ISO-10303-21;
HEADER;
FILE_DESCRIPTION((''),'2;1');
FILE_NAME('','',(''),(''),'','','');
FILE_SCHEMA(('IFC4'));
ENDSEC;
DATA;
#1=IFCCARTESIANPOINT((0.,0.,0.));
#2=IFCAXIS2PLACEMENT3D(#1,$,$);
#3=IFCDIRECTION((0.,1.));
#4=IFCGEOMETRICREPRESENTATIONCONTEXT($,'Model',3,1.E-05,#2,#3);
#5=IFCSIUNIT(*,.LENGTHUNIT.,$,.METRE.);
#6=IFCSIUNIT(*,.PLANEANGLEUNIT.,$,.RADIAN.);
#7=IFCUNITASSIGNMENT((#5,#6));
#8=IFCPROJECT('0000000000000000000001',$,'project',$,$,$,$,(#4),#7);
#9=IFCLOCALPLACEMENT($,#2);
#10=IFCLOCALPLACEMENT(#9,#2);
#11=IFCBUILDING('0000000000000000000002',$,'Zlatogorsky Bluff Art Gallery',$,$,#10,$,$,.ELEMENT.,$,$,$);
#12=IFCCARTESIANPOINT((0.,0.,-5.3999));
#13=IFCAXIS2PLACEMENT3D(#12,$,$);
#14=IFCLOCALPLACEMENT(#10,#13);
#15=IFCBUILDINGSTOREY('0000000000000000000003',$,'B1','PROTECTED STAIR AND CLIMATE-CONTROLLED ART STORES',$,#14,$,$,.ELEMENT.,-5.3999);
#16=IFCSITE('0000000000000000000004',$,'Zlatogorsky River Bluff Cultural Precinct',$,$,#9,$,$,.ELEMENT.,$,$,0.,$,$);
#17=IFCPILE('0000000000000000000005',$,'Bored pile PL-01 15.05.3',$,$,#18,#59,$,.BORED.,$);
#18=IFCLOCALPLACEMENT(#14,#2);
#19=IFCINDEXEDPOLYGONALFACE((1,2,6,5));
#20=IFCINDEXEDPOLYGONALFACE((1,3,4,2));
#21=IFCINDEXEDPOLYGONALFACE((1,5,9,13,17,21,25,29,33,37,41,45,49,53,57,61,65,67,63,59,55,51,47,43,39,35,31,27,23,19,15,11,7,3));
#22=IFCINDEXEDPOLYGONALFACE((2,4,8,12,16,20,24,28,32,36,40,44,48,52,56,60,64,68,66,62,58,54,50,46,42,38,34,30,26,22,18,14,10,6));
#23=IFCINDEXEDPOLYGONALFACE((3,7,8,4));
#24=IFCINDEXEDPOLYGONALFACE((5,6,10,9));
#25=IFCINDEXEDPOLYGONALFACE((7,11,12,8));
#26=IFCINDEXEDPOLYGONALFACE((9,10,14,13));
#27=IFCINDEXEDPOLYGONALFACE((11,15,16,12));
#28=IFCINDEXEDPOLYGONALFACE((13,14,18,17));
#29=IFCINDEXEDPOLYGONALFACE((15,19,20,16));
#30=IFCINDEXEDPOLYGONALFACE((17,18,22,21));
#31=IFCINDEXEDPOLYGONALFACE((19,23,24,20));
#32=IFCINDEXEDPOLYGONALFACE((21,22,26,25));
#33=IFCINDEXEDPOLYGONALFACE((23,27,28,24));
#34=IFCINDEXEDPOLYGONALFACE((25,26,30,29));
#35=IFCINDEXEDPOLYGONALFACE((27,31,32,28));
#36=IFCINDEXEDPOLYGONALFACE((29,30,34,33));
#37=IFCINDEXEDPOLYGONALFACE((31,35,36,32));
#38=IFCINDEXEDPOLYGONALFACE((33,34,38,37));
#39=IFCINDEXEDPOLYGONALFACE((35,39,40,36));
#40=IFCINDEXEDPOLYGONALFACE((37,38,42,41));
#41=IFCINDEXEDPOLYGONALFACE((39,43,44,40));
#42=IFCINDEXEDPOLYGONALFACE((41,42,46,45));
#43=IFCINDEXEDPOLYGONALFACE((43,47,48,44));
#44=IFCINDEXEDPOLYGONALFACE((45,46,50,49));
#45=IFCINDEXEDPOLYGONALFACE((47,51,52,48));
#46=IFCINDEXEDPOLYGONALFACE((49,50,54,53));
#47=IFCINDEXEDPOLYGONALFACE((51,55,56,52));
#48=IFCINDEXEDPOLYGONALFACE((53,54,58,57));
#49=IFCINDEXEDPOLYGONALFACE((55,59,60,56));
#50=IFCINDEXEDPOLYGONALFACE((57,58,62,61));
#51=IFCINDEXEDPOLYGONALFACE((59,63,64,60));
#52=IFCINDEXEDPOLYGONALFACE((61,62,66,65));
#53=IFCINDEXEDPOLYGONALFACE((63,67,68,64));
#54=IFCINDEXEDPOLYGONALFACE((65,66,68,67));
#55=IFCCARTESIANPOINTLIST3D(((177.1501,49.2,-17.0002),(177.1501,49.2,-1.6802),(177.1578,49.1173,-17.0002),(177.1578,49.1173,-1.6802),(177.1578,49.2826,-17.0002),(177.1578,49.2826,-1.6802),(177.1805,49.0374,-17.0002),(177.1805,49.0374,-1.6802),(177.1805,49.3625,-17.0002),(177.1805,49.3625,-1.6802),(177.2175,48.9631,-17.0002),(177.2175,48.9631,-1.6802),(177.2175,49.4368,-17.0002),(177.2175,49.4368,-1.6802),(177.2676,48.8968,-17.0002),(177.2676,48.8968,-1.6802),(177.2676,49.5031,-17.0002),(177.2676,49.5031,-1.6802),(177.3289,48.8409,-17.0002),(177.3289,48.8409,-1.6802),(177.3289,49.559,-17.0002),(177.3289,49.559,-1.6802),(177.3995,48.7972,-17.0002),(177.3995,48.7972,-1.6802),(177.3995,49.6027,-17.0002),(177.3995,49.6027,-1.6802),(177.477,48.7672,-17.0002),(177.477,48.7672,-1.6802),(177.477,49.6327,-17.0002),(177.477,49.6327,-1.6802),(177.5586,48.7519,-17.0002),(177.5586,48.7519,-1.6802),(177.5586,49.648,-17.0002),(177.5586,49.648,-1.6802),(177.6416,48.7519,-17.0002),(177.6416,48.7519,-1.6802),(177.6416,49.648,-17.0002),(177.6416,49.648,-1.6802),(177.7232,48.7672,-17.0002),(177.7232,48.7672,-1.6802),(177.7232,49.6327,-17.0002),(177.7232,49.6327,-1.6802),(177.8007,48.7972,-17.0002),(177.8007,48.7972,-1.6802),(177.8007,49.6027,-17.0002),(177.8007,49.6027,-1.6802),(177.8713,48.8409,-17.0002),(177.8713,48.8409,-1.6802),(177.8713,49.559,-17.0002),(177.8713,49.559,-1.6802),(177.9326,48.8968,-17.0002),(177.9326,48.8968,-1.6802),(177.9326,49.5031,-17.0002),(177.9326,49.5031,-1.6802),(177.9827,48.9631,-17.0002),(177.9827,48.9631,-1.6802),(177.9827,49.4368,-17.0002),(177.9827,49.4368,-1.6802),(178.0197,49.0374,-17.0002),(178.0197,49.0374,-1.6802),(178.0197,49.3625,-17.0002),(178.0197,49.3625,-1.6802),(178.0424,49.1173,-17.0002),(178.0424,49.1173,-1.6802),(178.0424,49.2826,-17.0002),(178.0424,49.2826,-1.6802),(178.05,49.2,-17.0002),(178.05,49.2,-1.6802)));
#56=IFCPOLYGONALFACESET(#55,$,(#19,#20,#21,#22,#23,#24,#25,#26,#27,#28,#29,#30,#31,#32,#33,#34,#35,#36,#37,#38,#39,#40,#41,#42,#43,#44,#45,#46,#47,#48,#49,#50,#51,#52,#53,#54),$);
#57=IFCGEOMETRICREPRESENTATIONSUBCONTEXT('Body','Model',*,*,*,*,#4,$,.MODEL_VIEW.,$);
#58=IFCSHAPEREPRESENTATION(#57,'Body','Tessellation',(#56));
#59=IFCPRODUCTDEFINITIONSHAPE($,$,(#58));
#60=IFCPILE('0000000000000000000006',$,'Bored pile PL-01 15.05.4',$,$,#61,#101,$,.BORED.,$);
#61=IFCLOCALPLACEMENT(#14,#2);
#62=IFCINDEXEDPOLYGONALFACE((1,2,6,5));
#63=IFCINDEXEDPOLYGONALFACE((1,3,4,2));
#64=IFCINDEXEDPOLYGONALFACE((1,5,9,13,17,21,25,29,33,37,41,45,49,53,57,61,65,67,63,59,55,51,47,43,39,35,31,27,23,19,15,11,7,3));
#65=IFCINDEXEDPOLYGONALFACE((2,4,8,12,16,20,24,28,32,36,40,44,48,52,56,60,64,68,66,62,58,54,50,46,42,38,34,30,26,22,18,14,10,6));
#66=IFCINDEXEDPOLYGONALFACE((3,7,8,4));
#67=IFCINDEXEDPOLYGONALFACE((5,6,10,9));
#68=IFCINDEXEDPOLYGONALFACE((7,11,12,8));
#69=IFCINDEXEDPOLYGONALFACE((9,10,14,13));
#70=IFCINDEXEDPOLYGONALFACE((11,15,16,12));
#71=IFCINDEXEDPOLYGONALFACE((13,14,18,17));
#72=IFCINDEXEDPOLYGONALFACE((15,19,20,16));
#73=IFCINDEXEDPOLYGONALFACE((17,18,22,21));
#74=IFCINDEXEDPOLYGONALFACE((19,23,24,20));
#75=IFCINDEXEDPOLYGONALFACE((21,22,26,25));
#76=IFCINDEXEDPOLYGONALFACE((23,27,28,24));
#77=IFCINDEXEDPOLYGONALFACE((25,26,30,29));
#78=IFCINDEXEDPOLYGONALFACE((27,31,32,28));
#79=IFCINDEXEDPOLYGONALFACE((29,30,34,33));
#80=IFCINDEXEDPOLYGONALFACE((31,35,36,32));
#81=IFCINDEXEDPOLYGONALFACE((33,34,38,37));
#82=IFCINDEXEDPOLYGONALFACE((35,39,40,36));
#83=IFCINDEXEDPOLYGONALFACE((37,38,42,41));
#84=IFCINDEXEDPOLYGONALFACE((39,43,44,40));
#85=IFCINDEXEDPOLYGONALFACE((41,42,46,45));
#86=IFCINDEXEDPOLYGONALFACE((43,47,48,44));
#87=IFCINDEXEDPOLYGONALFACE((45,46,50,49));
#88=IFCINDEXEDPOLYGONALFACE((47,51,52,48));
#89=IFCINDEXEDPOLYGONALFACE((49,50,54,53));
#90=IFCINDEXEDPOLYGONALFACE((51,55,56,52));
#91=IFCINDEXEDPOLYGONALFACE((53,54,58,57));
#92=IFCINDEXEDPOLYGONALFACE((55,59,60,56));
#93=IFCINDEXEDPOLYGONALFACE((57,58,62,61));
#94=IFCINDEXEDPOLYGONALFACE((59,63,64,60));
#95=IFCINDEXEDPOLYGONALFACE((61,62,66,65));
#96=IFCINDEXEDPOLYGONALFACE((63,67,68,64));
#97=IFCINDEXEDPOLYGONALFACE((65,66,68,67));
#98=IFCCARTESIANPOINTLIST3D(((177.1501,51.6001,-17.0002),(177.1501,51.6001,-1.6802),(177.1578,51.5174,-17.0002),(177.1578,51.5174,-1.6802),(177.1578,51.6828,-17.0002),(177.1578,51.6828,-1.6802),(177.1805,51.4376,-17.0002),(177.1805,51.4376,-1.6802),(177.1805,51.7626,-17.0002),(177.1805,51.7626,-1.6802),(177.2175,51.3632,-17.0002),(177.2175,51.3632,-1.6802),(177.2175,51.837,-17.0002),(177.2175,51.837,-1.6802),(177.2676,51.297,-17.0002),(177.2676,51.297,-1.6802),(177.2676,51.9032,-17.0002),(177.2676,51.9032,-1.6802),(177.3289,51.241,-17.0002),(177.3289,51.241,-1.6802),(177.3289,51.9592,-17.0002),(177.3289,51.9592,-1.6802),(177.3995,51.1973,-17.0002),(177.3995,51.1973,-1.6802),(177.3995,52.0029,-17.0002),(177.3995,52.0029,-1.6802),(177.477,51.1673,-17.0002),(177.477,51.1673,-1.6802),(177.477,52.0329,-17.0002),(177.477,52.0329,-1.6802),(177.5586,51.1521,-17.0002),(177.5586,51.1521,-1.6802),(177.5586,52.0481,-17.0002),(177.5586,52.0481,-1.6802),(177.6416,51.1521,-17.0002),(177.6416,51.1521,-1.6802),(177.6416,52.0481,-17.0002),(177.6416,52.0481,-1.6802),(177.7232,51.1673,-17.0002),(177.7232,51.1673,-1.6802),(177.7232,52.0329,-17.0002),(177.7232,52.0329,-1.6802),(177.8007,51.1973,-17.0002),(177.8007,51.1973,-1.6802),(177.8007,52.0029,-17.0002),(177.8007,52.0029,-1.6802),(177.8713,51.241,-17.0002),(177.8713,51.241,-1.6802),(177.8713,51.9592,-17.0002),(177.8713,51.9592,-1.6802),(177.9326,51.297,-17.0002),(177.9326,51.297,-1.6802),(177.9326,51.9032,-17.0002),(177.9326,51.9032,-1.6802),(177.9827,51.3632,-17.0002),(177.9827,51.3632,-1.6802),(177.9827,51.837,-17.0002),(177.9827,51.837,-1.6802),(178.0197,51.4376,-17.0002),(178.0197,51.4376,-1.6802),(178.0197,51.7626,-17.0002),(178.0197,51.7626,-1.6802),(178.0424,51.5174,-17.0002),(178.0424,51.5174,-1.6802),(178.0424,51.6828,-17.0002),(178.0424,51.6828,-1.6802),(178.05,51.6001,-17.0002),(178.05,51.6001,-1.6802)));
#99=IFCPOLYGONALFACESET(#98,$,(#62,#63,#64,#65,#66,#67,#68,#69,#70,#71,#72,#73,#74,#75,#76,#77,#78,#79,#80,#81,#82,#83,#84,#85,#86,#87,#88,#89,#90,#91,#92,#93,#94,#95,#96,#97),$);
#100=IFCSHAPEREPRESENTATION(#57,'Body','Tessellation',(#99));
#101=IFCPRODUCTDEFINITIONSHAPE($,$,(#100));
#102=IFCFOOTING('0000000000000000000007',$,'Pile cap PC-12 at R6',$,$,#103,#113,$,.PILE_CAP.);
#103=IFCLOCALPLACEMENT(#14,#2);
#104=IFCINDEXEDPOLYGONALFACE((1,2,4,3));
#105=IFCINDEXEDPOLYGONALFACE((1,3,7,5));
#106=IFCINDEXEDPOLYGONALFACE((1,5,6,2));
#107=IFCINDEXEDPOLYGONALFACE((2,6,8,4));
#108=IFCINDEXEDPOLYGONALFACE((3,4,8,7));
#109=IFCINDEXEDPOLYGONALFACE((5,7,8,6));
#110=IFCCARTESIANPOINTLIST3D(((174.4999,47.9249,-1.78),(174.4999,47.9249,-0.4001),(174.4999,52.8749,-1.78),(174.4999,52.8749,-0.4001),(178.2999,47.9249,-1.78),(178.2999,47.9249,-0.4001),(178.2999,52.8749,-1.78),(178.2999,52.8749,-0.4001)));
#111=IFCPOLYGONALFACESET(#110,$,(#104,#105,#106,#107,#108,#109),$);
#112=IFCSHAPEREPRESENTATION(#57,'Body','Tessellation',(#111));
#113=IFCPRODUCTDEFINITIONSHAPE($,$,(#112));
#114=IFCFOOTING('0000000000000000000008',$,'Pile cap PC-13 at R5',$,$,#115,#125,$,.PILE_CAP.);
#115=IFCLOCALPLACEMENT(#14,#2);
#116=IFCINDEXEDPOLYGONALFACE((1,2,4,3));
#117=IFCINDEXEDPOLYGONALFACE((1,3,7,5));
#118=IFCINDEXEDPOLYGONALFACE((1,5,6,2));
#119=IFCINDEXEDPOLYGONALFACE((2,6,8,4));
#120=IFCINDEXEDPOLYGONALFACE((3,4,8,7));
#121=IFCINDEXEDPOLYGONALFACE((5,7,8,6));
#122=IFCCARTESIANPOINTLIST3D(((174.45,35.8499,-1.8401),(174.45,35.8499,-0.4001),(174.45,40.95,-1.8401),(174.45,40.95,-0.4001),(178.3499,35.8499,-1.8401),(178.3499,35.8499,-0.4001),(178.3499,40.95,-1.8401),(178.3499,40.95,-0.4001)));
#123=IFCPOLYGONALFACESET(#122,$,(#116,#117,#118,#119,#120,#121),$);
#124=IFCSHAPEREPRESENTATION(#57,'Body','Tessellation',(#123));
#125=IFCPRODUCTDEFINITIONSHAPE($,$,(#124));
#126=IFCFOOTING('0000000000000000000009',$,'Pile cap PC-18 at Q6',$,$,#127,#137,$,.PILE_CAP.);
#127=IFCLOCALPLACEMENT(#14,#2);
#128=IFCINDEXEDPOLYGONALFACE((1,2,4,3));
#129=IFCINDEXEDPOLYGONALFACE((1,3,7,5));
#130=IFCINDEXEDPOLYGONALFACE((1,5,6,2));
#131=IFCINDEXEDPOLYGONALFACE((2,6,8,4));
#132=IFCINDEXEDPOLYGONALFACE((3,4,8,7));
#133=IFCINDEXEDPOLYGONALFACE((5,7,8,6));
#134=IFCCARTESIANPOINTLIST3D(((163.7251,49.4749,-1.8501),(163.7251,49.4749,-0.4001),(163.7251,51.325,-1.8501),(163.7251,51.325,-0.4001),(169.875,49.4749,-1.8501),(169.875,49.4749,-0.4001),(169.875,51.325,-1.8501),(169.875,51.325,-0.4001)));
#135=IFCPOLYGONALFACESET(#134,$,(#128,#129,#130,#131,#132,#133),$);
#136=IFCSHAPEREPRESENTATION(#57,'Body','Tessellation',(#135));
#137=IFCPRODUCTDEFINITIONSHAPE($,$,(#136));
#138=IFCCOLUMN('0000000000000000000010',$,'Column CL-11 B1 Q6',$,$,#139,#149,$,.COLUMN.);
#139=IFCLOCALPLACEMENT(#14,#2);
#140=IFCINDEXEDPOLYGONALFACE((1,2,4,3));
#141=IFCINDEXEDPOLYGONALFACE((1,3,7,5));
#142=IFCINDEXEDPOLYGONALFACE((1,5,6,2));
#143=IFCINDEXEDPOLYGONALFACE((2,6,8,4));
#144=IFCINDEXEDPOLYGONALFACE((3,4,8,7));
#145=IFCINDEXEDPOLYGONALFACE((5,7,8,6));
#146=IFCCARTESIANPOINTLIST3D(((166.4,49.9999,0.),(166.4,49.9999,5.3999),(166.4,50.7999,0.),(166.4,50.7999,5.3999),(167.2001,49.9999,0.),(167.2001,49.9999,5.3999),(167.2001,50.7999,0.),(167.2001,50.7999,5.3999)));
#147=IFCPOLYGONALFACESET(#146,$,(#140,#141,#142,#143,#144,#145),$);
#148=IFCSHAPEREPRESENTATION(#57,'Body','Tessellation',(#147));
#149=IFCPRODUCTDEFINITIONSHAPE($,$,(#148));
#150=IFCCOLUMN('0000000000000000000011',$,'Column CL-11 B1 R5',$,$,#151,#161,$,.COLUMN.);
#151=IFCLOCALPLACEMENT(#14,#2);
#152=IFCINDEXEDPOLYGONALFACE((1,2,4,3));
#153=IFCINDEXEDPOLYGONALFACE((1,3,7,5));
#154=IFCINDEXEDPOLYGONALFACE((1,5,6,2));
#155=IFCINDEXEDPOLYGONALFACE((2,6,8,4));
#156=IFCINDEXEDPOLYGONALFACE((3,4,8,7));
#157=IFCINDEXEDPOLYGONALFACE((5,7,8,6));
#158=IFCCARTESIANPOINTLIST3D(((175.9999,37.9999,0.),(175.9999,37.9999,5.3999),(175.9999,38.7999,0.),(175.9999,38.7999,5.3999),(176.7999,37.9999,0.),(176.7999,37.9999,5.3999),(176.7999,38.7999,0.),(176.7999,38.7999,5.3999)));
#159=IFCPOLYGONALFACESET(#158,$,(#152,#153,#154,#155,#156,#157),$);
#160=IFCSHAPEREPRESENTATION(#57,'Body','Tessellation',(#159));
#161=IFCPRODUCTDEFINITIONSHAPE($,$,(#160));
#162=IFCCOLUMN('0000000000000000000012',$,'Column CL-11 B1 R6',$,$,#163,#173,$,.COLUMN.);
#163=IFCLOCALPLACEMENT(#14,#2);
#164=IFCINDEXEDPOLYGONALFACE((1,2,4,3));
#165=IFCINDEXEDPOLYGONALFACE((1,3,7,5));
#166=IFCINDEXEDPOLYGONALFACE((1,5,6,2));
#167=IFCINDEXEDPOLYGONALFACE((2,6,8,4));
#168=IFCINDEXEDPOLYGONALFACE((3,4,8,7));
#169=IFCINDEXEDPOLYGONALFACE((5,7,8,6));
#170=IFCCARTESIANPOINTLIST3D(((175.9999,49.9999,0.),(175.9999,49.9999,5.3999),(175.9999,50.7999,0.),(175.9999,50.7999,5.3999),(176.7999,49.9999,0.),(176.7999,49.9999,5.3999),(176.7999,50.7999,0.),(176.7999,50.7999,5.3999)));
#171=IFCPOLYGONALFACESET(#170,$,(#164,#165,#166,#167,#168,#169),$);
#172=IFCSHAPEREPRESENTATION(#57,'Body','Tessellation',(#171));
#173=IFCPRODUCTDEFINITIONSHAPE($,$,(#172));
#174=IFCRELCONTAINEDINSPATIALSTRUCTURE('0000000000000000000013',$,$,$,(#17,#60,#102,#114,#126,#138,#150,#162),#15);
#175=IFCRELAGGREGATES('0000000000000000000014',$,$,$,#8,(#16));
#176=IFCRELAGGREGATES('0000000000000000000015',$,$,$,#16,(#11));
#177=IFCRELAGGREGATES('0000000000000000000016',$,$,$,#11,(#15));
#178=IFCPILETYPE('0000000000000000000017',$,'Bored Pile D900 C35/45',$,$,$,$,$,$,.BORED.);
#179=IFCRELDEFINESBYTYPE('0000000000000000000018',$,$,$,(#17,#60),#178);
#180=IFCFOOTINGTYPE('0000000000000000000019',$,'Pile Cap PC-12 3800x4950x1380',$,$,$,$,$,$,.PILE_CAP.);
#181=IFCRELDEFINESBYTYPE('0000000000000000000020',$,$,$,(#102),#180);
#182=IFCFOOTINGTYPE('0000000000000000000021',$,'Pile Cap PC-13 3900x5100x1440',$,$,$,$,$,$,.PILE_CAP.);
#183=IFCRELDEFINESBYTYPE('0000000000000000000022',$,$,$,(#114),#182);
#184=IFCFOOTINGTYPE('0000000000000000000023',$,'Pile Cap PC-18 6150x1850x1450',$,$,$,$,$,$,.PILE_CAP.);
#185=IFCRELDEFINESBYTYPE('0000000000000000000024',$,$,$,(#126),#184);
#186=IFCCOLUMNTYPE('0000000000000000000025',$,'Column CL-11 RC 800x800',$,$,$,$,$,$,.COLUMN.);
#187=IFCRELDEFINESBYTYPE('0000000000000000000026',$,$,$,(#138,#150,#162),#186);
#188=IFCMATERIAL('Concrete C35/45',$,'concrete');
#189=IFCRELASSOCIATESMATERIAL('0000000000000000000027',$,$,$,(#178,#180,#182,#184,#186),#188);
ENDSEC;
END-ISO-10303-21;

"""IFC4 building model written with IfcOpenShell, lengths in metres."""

from ifc_helpers import new_model, si_unit, direction, frame, origin, origin_2d, place, context, subcontext, project, spatial, rectangle, circle, extrude, material, material_profile, profile_set, type_object, element, save


model = new_model("IFC4")

# Units and contexts
model_context = context("Model", 3, precision=1e-05, world=origin(), true_north=direction((0.0, 1.0)))
body_context = subcontext(model_context, "Body", "Model", "MODEL_VIEW")
ifc_project = project(units=[si_unit("LENGTHUNIT", "METRE"), si_unit("PLANEANGLEUNIT", "RADIAN")], contexts=[model_context])

# Site, building, storey
site_placement = place(None, origin())
site = spatial("IfcSite", under=ifc_project, at=site_placement, Name="Zlatogorsky River Bluff Cultural Precinct", CompositionType="ELEMENT", RefElevation=0.0)
building_placement = place(site_placement, origin())
building = spatial("IfcBuilding", under=site, at=building_placement, Name="Zlatogorsky Bluff Art Gallery", CompositionType="ELEMENT")
storey_placement = place(building_placement, frame((0.0, 0.0, -5.3999)))
storey = spatial("IfcBuildingStorey", under=building, at=storey_placement, Name="B1", Description="PROTECTED STAIR AND CLIMATE-CONTROLLED ART STORES", CompositionType="ELEMENT", Elevation=-5.3999)

# Piles
ifc_material_1 = material(Name="Concrete C35/45", Category="concrete")
ifc_material_profile_1 = material_profile(ifc_material_1, circle(Radius=0.45, at=origin_2d()), Name="BORED PILE D900")
ifc_profile_set_1 = profile_set([ifc_material_profile_1], Name="Concrete C35/45")
pile_type = type_object("IfcPileType", Name="Bored Pile D900 C35/45", PredefinedType="BORED", material=ifc_profile_set_1)
for number, where, z_axis, x_axis, name in (
    (1, (177.6001, 49.2, -1.6802), (0.0, 0.0, -1.0), (1.0, 0.0, 0.0), "Bored pile PL-01 15.05.3"),
    (2, (177.6001, 51.6001, -1.6802), (0.0, 0.0, -1.0), (1.0, 0.0, 0.0), "Bored pile PL-01 15.05.4"),
):
    element("IfcPile", number, at=place(storey_placement, frame(where, z_axis=z_axis, x_axis=x_axis)), inside=storey, type_object=pile_type, Name=name, PredefinedType="BORED", context=body_context, shape_type="SweptSolid", body=[
        extrude(circle(Radius=0.45, at=origin_2d()), origin(), (0.0, 0.0, 1.0), 15.3201),
    ])

# Footings
footing_type_1 = type_object("IfcFootingType", Name="Pile Cap PC-12 3800x4950x1380", PredefinedType="PILE_CAP", material=ifc_material_1)
footing_1_placement = place(storey_placement, frame((176.3999, 50.3999, -1.78), z_axis=(0.0, 0.0, 1.0), x_axis=(1.0, 0.0, 0.0)))
element("IfcFooting", 3, at=footing_1_placement, inside=storey, type_object=footing_type_1, Name="Pile cap PC-12 at R6", PredefinedType="PILE_CAP", context=body_context, shape_type="SweptSolid", body=[
    extrude(rectangle(XDim=3.8, YDim=4.95, at=origin_2d()), origin(), (0.0, 0.0, 1.0), 1.3799),
])
footing_type_2 = type_object("IfcFootingType", Name="Pile Cap PC-13 3900x5100x1440", PredefinedType="PILE_CAP", material=ifc_material_1)
footing_2_placement = place(storey_placement, frame((176.3999, 38.3999, -1.8401), z_axis=(0.0, 0.0, 1.0), x_axis=(1.0, 0.0, 0.0)))
element("IfcFooting", 4, at=footing_2_placement, inside=storey, type_object=footing_type_2, Name="Pile cap PC-13 at R5", PredefinedType="PILE_CAP", context=body_context, shape_type="SweptSolid", body=[
    extrude(rectangle(XDim=3.8999, YDim=5.1001, at=origin_2d()), origin(), (0.0, 0.0, 1.0), 1.4399),
])
footing_type_3 = type_object("IfcFootingType", Name="Pile Cap PC-18 6150x1850x1450", PredefinedType="PILE_CAP", material=ifc_material_1)
footing_3_placement = place(storey_placement, frame((166.8, 50.3999, -1.8501), z_axis=(0.0, 0.0, 1.0), x_axis=(1.0, 0.0, 0.0)))
element("IfcFooting", 5, at=footing_3_placement, inside=storey, type_object=footing_type_3, Name="Pile cap PC-18 at Q6", PredefinedType="PILE_CAP", context=body_context, shape_type="SweptSolid", body=[
    extrude(rectangle(XDim=6.1499, YDim=1.8501, at=origin_2d()), origin(), (0.0, 0.0, 1.0), 1.45),
])

# Columns
ifc_material_profile_2 = material_profile(ifc_material_1, rectangle(XDim=0.8, YDim=0.8, at=origin_2d()), Name="RC 800x800")
ifc_profile_set_2 = profile_set([ifc_material_profile_2], Name="Concrete C35/45")
column_type = type_object("IfcColumnType", Name="Column CL-11 RC 800x800", PredefinedType="COLUMN", material=ifc_profile_set_2)
for number, where, z_axis, x_axis, name in (
    (6, (166.8, 50.3999, 0.0), (0.0, 0.0, 1.0), (1.0, 0.0, 0.0), "Column CL-11 B1 Q6"),
    (7, (176.3999, 38.3999, 0.0), (0.0, 0.0, 1.0), (1.0, 0.0, 0.0), "Column CL-11 B1 R5"),
    (8, (176.3999, 50.3999, 0.0), (0.0, 0.0, 1.0), (1.0, 0.0, 0.0), "Column CL-11 B1 R6"),
):
    element("IfcColumn", number, at=place(storey_placement, frame(where, z_axis=z_axis, x_axis=x_axis)), inside=storey, type_object=column_type, Name=name, PredefinedType="COLUMN", context=body_context, shape_type="SweptSolid", body=[
        extrude(rectangle(XDim=0.8, YDim=0.8, at=origin_2d()), origin(), (0.0, 0.0, 1.0), 5.3999),
    ])

save(model, "model.ifc")
